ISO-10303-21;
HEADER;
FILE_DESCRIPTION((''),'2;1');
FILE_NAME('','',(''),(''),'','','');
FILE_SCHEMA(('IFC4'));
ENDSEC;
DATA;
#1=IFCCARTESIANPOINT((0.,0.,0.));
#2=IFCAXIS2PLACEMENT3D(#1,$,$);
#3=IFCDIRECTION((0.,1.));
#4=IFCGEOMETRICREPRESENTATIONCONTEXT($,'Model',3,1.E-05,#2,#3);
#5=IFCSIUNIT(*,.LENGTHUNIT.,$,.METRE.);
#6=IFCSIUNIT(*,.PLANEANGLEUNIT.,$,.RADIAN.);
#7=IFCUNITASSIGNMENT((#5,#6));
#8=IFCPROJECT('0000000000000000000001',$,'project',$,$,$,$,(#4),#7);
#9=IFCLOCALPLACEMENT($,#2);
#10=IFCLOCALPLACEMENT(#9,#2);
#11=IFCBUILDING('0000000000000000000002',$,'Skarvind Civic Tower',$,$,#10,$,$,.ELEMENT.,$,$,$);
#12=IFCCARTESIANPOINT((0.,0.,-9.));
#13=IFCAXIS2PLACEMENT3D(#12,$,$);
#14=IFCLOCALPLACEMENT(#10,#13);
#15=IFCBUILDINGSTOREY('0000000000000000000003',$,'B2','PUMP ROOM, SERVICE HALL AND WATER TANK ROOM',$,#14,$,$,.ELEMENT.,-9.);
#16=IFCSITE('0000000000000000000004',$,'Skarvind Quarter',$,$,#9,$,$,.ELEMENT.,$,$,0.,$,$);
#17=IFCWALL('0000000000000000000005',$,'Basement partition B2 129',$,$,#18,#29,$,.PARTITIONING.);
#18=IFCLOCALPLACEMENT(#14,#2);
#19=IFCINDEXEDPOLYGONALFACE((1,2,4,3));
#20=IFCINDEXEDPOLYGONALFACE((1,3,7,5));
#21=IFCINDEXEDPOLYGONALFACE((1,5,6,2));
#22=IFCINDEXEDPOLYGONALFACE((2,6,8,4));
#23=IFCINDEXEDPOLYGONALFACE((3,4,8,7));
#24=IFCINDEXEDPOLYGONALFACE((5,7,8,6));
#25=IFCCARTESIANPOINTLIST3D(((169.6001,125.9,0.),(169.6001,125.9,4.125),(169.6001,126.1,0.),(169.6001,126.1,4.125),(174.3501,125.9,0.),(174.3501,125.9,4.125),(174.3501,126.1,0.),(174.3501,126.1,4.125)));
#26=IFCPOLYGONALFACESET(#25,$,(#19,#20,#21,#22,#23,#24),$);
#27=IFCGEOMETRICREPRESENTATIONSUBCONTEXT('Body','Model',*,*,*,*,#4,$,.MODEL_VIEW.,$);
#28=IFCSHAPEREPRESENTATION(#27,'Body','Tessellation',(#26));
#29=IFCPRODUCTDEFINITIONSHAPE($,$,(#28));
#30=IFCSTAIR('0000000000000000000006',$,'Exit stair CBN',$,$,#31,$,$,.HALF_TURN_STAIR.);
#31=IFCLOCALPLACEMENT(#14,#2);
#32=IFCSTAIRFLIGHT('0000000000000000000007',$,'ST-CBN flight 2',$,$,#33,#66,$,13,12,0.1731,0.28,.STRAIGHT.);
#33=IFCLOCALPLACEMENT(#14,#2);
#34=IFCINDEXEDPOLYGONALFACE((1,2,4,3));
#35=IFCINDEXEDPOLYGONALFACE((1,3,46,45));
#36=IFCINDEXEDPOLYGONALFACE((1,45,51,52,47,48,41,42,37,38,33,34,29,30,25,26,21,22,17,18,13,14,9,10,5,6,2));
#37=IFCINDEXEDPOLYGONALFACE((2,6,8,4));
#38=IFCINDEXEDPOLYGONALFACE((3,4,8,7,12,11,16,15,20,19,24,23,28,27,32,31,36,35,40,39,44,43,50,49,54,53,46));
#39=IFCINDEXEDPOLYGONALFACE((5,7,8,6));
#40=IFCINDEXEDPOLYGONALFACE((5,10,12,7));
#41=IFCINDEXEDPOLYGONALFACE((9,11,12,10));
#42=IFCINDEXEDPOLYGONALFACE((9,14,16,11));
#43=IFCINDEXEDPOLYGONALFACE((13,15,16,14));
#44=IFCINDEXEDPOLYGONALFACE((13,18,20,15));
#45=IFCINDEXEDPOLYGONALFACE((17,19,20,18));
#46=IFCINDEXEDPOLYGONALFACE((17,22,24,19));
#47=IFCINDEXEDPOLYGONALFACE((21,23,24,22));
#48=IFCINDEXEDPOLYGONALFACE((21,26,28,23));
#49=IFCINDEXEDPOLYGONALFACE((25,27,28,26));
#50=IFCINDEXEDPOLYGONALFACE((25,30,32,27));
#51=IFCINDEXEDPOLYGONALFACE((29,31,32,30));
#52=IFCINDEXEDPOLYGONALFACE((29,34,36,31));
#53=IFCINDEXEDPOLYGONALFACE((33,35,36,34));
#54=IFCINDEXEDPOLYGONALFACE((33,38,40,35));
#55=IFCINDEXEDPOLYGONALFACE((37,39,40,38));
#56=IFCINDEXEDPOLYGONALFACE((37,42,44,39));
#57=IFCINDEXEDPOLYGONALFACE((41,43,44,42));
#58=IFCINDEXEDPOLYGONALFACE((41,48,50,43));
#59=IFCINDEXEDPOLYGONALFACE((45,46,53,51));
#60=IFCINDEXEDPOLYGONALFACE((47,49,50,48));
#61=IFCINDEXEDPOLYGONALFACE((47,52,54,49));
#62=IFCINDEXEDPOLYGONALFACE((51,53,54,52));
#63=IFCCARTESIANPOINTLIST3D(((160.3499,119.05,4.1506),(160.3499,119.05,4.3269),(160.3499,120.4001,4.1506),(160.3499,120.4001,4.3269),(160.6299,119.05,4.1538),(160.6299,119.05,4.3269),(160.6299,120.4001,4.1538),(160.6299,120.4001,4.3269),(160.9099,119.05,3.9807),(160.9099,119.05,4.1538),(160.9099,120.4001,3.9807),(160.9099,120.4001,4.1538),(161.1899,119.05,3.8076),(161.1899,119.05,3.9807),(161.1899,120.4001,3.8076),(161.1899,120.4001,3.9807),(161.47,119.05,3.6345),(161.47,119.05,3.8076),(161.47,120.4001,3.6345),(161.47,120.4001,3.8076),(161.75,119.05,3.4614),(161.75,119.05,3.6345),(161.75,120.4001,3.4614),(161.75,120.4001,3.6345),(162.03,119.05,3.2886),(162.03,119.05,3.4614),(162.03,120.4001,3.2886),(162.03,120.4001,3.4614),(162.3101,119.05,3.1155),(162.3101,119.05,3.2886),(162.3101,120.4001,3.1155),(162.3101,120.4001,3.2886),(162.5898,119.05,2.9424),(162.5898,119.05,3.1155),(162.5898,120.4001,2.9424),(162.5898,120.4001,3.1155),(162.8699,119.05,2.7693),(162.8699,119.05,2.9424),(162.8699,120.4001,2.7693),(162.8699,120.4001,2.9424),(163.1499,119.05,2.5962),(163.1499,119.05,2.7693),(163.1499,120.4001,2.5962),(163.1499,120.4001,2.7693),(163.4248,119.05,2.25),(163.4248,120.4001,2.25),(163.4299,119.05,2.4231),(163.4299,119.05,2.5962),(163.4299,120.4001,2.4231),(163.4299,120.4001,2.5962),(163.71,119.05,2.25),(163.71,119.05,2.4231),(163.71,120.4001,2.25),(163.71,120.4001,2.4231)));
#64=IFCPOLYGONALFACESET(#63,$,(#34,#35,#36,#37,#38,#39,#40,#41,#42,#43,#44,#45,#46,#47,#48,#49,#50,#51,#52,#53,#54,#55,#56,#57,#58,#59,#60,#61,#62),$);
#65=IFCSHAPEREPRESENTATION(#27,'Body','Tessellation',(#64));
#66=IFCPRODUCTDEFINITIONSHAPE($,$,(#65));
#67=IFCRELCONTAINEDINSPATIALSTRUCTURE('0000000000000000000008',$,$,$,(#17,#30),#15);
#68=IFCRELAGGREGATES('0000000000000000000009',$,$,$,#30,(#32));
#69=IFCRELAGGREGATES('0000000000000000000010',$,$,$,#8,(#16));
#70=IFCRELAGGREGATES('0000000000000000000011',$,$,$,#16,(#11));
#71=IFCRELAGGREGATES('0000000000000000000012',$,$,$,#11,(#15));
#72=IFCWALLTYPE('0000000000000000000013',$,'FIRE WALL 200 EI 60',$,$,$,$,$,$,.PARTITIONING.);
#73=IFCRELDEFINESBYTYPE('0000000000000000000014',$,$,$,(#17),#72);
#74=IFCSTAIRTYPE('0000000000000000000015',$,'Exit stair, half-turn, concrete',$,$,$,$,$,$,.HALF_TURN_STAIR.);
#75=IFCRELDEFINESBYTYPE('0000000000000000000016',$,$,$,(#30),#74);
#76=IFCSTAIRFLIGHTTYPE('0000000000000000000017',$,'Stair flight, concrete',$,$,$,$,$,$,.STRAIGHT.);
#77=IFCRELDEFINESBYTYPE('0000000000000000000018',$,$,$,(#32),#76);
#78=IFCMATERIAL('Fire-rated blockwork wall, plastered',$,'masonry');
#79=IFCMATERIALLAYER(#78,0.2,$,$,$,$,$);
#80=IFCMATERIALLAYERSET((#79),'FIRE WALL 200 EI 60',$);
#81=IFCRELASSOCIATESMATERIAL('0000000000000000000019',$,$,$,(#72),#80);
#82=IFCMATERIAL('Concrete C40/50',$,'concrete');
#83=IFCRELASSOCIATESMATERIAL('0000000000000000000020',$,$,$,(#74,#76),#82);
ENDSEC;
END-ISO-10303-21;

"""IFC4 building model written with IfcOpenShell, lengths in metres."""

from ifc_helpers import new_model, si_unit, direction, frame, frame_2d, origin, place, context, subcontext, project, spatial, polyline, rectangle, outline, extrude, material, layer, layer_set, type_object, element, aggregate, save


model = new_model("IFC4")

# Units and contexts
model_context = context("Model", 3, precision=1e-05, world=origin(), true_north=direction((0.0, 1.0)))
body_context = subcontext(model_context, "Body", "Model", "MODEL_VIEW")
ifc_project = project(units=[si_unit("LENGTHUNIT", "METRE"), si_unit("PLANEANGLEUNIT", "RADIAN")], contexts=[model_context])

# Site, building, storey
site_placement = place(None, origin())
site = spatial("IfcSite", under=ifc_project, at=site_placement, Name="Skarvind Quarter", CompositionType="ELEMENT", RefElevation=0.0)
building_placement = place(site_placement, origin())
building = spatial("IfcBuilding", under=site, at=building_placement, Name="Skarvind Civic Tower", CompositionType="ELEMENT")
storey_placement = place(building_placement, frame((0.0, 0.0, -9.0)))
storey = spatial("IfcBuildingStorey", under=building, at=storey_placement, Name="B2", Description="PUMP ROOM, SERVICE HALL AND WATER TANK ROOM", CompositionType="ELEMENT", Elevation=-9.0)

# Wall
ifc_material_1 = material(Name="Fire-rated blockwork wall, plastered", Category="masonry")
ifc_layer_1 = layer(ifc_material_1, 0.2)
ifc_layer_set_1 = layer_set([ifc_layer_1], Name="FIRE WALL 200 EI 60")
wall_type_1 = type_object("IfcWallType", Name="FIRE WALL 200 EI 60", PredefinedType="PARTITIONING", material=ifc_layer_set_1)
wall_1_placement = place(storey_placement, frame((169.6001, 126.0, 0.0), z_axis=(0.0, 0.0, 1.0), x_axis=(1.0, 0.0, 0.0)))
element("IfcWall", 1, at=wall_1_placement, inside=storey, type_object=wall_type_1, Name="Basement partition B2 129", PredefinedType="PARTITIONING", context=body_context, shape_type="SweptSolid", body=[
    extrude(rectangle(XDim=4.75, YDim=0.2, at=frame_2d((2.375, 0.0))), origin(), (0.0, 0.0, 1.0), 4.125),
])

# Stair, stair flight
ifc_material_2 = material(Name="Concrete C40/50", Category="concrete")
stair_type = type_object("IfcStairType", Name="Exit stair, half-turn, concrete", PredefinedType="HALF_TURN_STAIR", material=ifc_material_2)
stair_placement = place(storey_placement, origin())
stair = element("IfcStair", 2, at=stair_placement, inside=storey, type_object=stair_type, Name="Exit stair CBN", PredefinedType="HALF_TURN_STAIR")
stair_flight_type = type_object("IfcStairFlightType", Name="Stair flight, concrete", PredefinedType="STRAIGHT", material=ifc_material_2)
stair_flight_placement = place(storey_placement, frame((163.71, 119.7251, 2.25), z_axis=(0.0, 0.0, 1.0), x_axis=(-1.0, 0.0, 0.0)))
stair_flight = element("IfcStairFlight", 3, at=stair_flight_placement, type_object=stair_flight_type, Name="ST-CBN flight 2", NumberOfRisers=13, NumberOfTreads=12, PredefinedType="STRAIGHT", RiserHeight=0.1731, TreadLength=0.28, context=body_context, shape_type="SweptSolid", body=[
    extrude(outline(polyline([(0.0, 0.0), (0.0, 0.1731), (0.28, 0.1731), (0.28, 0.3462), (0.5601, 0.3462), (0.5601, 0.5193), (0.8401, 0.5193), (0.8401, 0.6924), (1.1201, 0.6924), (1.1201, 0.8655), (1.3999, 0.8655), (1.3999, 1.0386), (1.6799, 1.0386), (1.6799, 1.2114), (1.96, 1.2114), (1.96, 1.3845), (2.24, 1.3845), (2.24, 1.5576), (2.52, 1.5576), (2.52, 1.7307), (2.8, 1.7307), (2.8, 1.9038), (3.0801, 1.9038), (3.0801, 2.0769), (3.3601, 2.0769), (3.3601, 2.25), (3.3601, 1.9006), (0.2852, 0.0), (0.0, 0.0)])), frame((0.0, 0.675, 0.0), z_axis=(0.0, -1.0, 0.0), x_axis=(1.0, 0.0, 0.0)), (0.0, 0.0, 1.0), 1.3501),
])
aggregate(stair, [stair_flight])

save(model, "model.ifc")
